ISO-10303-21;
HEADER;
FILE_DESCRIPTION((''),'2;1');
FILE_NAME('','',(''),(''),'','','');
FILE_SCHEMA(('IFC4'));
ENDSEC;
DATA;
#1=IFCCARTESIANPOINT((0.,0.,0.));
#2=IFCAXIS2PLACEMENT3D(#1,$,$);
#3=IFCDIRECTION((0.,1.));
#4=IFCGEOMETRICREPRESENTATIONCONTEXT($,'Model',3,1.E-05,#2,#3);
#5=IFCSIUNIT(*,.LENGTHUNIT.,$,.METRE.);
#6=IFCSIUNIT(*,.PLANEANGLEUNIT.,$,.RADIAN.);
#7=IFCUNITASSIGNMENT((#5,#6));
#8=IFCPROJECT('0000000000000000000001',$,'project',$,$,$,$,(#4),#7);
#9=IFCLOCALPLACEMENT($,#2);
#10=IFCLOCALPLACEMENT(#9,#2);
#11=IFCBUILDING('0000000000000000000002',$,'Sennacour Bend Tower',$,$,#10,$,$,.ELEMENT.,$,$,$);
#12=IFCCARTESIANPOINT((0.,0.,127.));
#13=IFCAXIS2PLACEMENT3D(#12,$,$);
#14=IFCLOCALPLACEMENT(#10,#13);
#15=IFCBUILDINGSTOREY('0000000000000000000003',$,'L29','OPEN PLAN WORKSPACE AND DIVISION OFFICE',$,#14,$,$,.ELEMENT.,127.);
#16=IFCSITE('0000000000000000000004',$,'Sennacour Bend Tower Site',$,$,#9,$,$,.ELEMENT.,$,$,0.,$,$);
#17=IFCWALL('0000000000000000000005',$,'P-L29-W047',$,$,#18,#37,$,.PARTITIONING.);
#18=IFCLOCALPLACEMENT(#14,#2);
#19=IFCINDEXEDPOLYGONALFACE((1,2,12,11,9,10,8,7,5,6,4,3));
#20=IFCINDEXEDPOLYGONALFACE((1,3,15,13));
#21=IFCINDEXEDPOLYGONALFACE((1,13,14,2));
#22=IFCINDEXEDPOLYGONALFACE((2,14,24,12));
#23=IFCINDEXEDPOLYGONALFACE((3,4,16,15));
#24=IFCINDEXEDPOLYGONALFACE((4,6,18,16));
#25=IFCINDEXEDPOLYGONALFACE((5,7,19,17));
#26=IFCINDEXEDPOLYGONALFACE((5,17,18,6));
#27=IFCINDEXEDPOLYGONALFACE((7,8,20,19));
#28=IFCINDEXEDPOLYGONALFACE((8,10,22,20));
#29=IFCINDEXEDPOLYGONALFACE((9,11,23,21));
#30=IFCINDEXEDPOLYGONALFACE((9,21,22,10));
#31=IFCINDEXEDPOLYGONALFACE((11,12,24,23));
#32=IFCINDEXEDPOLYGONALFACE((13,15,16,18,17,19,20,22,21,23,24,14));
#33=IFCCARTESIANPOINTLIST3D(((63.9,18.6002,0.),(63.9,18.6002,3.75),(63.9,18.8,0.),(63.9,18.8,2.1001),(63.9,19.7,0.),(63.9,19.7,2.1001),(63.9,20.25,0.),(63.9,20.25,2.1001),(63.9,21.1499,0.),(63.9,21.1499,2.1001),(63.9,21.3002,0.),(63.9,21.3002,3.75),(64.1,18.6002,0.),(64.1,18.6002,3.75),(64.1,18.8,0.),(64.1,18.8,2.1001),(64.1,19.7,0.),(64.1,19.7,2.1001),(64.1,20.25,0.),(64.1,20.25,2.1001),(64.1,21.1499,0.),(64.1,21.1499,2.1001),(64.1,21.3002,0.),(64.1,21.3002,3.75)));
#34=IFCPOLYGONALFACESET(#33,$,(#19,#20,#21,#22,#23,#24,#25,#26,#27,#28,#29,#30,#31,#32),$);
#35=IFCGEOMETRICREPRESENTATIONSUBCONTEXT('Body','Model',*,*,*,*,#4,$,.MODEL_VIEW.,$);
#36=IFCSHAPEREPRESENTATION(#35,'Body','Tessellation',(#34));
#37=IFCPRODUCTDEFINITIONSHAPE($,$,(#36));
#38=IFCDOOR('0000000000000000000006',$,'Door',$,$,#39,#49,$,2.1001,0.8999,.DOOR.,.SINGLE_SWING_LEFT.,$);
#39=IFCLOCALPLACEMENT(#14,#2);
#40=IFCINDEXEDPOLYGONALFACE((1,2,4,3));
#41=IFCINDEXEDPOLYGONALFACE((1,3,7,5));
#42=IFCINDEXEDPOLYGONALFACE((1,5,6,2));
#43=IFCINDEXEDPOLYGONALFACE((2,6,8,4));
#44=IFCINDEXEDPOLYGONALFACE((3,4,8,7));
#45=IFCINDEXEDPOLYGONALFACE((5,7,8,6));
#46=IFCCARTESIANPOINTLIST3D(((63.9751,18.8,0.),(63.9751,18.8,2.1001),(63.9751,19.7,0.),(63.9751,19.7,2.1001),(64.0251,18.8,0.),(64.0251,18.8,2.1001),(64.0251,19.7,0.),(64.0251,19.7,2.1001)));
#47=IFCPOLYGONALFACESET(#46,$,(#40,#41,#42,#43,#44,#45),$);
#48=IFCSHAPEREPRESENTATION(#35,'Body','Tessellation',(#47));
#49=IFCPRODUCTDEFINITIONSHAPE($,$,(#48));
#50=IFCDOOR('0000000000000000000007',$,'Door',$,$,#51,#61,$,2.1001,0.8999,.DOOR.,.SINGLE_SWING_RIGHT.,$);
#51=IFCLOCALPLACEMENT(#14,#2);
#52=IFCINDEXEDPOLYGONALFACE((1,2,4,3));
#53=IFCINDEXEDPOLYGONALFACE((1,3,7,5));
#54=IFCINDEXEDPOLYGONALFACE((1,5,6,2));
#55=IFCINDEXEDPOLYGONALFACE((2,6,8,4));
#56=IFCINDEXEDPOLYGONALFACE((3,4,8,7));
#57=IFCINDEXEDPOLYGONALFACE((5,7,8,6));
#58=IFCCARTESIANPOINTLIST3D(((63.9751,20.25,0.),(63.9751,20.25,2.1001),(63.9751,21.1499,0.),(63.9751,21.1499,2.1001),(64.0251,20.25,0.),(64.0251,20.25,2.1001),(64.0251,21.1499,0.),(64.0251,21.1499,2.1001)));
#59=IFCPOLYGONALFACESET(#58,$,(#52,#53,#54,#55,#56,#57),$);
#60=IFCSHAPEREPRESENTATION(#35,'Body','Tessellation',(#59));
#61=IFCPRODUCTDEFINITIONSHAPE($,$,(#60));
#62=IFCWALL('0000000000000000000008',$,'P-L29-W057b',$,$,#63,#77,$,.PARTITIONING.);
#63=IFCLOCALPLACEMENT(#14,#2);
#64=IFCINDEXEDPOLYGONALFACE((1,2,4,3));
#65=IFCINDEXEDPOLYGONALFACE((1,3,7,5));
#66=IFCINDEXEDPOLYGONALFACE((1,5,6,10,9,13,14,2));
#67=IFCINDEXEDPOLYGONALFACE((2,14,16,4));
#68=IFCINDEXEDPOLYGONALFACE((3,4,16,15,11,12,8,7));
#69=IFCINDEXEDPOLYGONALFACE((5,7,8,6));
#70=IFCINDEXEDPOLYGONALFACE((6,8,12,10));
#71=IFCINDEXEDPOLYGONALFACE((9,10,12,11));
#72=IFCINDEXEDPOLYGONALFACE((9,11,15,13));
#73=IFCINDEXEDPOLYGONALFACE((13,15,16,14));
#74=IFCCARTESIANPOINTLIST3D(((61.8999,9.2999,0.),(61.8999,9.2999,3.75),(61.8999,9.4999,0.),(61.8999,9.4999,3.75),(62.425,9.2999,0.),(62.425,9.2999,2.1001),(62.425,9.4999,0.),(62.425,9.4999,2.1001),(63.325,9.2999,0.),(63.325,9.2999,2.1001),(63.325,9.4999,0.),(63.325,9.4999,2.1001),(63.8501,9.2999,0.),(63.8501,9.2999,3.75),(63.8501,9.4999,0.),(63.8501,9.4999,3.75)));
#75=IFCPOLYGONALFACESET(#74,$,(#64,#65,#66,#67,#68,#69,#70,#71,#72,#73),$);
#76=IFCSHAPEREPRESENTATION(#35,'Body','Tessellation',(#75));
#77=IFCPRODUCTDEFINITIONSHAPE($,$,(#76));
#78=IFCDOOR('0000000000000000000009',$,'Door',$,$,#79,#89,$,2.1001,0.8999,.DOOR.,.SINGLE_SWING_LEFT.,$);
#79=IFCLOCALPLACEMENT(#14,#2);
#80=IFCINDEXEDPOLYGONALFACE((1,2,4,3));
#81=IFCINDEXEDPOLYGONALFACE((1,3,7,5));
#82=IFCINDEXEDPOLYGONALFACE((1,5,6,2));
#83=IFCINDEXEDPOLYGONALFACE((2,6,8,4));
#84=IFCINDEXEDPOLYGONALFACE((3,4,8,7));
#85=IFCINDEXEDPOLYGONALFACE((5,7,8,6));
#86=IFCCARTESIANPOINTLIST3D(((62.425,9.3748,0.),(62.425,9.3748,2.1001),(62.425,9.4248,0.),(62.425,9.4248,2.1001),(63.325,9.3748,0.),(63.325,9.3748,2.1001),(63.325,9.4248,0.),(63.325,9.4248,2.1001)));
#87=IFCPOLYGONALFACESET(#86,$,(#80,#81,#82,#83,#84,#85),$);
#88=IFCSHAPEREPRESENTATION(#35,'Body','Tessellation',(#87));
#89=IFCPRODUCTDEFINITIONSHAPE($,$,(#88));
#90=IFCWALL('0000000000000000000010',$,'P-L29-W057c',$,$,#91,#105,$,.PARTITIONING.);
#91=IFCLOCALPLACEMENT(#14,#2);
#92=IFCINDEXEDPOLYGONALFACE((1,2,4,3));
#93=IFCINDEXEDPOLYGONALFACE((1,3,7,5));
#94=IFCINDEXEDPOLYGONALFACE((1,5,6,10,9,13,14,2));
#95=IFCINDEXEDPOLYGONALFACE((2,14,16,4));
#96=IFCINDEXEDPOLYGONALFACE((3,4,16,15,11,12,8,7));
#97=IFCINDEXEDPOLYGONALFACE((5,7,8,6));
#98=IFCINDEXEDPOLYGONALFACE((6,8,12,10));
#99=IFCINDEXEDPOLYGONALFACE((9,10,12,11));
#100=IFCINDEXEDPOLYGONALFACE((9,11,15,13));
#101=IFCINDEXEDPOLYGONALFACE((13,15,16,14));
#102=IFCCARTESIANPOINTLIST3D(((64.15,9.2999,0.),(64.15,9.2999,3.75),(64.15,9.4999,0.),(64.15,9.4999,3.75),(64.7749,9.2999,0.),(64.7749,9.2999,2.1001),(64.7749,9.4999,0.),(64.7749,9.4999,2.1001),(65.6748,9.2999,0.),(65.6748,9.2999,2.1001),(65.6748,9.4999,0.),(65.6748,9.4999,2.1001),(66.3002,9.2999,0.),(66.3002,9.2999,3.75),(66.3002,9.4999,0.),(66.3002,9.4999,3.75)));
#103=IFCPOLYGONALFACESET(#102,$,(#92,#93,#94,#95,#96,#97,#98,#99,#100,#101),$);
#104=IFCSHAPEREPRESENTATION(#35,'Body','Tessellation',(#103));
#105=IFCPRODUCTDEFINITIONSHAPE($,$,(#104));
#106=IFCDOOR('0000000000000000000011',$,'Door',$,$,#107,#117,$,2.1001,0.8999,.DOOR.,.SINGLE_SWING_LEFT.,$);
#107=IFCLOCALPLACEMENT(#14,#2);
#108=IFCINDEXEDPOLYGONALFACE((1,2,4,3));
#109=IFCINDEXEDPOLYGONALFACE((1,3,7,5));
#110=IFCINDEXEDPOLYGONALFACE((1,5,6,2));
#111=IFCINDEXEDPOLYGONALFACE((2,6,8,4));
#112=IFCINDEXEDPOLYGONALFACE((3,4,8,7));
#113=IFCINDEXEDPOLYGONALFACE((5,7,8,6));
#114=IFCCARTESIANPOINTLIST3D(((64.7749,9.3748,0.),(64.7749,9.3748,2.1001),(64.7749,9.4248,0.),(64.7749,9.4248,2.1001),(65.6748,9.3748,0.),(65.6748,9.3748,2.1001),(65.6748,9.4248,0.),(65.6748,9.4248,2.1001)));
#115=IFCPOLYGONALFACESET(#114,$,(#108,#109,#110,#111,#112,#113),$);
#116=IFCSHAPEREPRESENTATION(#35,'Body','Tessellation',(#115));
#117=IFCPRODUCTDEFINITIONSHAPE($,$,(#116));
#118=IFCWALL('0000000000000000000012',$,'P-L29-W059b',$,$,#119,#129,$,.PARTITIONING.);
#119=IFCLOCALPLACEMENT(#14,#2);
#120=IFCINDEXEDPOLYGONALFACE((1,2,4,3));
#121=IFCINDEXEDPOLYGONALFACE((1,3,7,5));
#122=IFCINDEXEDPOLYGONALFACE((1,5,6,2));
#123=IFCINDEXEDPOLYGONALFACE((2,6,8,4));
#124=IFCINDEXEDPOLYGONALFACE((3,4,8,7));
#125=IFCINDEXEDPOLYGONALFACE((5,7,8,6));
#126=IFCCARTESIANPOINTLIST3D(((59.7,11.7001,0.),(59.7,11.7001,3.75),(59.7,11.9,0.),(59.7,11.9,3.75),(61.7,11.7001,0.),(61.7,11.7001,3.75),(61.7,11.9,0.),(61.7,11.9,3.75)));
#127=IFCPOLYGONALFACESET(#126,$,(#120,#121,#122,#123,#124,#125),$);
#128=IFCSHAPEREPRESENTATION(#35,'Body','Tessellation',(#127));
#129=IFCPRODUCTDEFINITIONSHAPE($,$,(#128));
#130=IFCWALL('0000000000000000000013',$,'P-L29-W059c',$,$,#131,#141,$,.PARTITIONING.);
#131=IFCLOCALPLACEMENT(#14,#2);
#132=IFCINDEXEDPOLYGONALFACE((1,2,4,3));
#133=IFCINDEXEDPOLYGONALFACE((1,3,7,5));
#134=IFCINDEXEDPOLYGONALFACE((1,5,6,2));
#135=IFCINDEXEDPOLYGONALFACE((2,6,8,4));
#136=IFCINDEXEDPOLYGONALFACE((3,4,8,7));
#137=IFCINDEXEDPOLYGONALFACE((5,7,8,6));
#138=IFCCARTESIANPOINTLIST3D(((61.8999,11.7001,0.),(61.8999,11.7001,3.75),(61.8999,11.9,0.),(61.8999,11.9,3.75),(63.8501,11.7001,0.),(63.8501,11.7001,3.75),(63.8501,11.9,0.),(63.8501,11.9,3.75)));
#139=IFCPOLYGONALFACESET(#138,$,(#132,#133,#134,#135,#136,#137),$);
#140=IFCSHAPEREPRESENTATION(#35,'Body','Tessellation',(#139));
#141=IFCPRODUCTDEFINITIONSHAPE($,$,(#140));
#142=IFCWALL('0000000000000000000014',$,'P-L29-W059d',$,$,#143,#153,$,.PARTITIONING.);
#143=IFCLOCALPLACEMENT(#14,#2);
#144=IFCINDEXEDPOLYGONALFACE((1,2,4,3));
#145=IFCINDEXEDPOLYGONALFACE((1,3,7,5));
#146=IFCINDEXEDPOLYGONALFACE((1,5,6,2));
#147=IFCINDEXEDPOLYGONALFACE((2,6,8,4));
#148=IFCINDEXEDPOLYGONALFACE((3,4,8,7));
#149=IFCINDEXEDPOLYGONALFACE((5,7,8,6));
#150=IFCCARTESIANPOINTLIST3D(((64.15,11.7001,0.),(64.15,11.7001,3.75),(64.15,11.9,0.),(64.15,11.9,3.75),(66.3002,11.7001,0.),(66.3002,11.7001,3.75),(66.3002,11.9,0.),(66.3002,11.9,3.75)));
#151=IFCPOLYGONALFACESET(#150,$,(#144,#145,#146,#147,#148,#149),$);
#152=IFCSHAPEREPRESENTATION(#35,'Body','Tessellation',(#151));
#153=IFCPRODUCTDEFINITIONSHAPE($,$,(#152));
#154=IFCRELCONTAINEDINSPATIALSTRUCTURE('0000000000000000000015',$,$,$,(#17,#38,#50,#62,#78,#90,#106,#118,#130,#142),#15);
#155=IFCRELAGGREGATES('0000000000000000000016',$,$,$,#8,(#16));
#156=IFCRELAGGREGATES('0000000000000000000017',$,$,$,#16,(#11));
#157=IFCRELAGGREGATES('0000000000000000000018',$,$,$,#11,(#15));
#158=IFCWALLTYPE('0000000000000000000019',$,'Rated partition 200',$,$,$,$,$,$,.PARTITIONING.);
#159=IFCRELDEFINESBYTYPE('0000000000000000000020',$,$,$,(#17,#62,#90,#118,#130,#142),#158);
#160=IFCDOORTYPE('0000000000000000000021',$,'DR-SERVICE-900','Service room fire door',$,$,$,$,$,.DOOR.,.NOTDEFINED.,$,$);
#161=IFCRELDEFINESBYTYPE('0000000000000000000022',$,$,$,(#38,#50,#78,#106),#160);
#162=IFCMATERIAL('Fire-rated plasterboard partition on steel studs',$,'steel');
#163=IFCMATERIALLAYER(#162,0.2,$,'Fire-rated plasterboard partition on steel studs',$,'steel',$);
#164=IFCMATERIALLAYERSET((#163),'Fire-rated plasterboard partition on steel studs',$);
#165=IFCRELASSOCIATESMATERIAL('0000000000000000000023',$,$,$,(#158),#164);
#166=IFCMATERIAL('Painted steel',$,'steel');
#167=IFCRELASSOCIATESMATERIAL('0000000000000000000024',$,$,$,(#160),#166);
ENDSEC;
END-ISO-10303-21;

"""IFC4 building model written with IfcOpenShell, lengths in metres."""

from ifc_helpers import new_model, si_unit, direction, frame, frame_2d, origin, place, context, subcontext, project, spatial, rectangle, extrude, material, layer, layer_set, type_object, element, fill, save


model = new_model("IFC4")

# Units and contexts
model_context = context("Model", 3, precision=1e-05, world=origin(), true_north=direction((0.0, 1.0)))
body_context = subcontext(model_context, "Body", "Model", "MODEL_VIEW")
ifc_project = project(units=[si_unit("LENGTHUNIT", "METRE"), si_unit("PLANEANGLEUNIT", "RADIAN")], contexts=[model_context])

# Site, building, storey
site_placement = place(None, origin())
site = spatial("IfcSite", under=ifc_project, at=site_placement, Name="Sennacour Bend Tower Site", CompositionType="ELEMENT", RefElevation=0.0)
building_placement = place(site_placement, origin())
building = spatial("IfcBuilding", under=site, at=building_placement, Name="Sennacour Bend Tower", CompositionType="ELEMENT")
storey_placement = place(building_placement, frame((0.0, 0.0, 127.0)))
storey = spatial("IfcBuildingStorey", under=building, at=storey_placement, Name="L29", Description="OPEN PLAN WORKSPACE AND DIVISION OFFICE", CompositionType="ELEMENT", Elevation=127.0)

# Wall, openings, doors
ifc_material_1 = material(Name="Fire-rated plasterboard partition on steel studs", Category="steel")
ifc_layer_1 = layer(ifc_material_1, 0.2, Name="Fire-rated plasterboard partition on steel studs", Category="steel")
ifc_layer_set_1 = layer_set([ifc_layer_1], Name="Fire-rated plasterboard partition on steel studs")
wall_type_1 = type_object("IfcWallType", Name="Rated partition 200", PredefinedType="PARTITIONING", material=ifc_layer_set_1)
wall_1_placement = place(storey_placement, frame((64.0, 18.6001, 0.0), z_axis=(0.0, 0.0, 1.0), x_axis=(0.0, 1.0, 0.0)))
wall_1 = element("IfcWall", 1, at=wall_1_placement, inside=storey, type_object=wall_type_1, Name="P-L29-W047", PredefinedType="PARTITIONING", context=body_context, shape_type="SweptSolid", body=[
    extrude(rectangle(XDim=2.7, YDim=0.2, at=frame_2d((1.3501, 0.0))), origin(), (0.0, 0.0, 1.0), 3.75),
])
opening_1_placement = place(wall_1_placement, frame((0.2, 0.0, 0.0)))
opening_1 = element("IfcOpeningElement", 2, at=opening_1_placement, cuts=wall_1, PredefinedType="OPENING", context=body_context, shape_type="SweptSolid", body=[
    extrude(rectangle(XDim=0.8999, YDim=2.1001, at=frame_2d((0.45, 1.05))), frame((0.0, 0.1099, 0.0), z_axis=(0.0, -1.0, 0.0), x_axis=(1.0, 0.0, 0.0)), (0.0, 0.0, 1.0), 0.22),
])
opening_2_placement = place(wall_1_placement, frame((1.6499, 0.0, 0.0)))
opening_2 = element("IfcOpeningElement", 3, at=opening_2_placement, cuts=wall_1, PredefinedType="OPENING", context=body_context, shape_type="SweptSolid", body=[
    extrude(rectangle(XDim=0.8999, YDim=2.1001, at=frame_2d((0.45, 1.05))), frame((0.0, 0.1099, 0.0), z_axis=(0.0, -1.0, 0.0), x_axis=(1.0, 0.0, 0.0)), (0.0, 0.0, 1.0), 0.22),
])
ifc_material_2 = material(Name="Painted steel", Category="steel")
door_type_1 = type_object("IfcDoorType", Name="DR-SERVICE-900", Description="Service room fire door", OperationType="NOTDEFINED", PredefinedType="DOOR", material=ifc_material_2)
door_1_placement = place(opening_1_placement, origin())
door_1 = element("IfcDoor", 4, at=door_1_placement, inside=storey, type_object=door_type_1, Name="Door", OperationType="SINGLE_SWING_LEFT", OverallHeight=2.1001, OverallWidth=0.8999, PredefinedType="DOOR", context=body_context, shape_type="SweptSolid", body=[
    extrude(rectangle(XDim=0.8999, YDim=2.1001, at=frame_2d((0.45, 1.05))), frame((0.0, 0.0249, 0.0), z_axis=(0.0, -1.0, 0.0), x_axis=(1.0, 0.0, 0.0)), (0.0, 0.0, 1.0), 0.05),
])
fill(opening_1, door_1)
door_2_placement = place(opening_2_placement, origin())
door_2 = element("IfcDoor", 5, at=door_2_placement, inside=storey, type_object=door_type_1, Name="Door", OperationType="SINGLE_SWING_RIGHT", OverallHeight=2.1001, OverallWidth=0.8999, PredefinedType="DOOR", context=body_context, shape_type="SweptSolid", body=[
    extrude(rectangle(XDim=0.8999, YDim=2.1001, at=frame_2d((0.45, 1.05))), frame((0.0, 0.0249, 0.0), z_axis=(0.0, -1.0, 0.0), x_axis=(1.0, 0.0, 0.0)), (0.0, 0.0, 1.0), 0.05),
])
fill(opening_2, door_2)

# Walls, openings, doors
wall_2_placement = place(storey_placement, frame((61.8999, 9.3999, 0.0), z_axis=(0.0, 0.0, 1.0), x_axis=(1.0, 0.0, 0.0)))
wall_2 = element("IfcWall", 6, at=wall_2_placement, inside=storey, type_object=wall_type_1, Name="P-L29-W057b", PredefinedType="PARTITIONING", context=body_context, shape_type="SweptSolid", body=[
    extrude(rectangle(XDim=1.9502, YDim=0.2, at=frame_2d((0.9751, 0.0))), origin(), (0.0, 0.0, 1.0), 3.75),
])
opening_3_placement = place(wall_2_placement, frame((0.5251, 0.0, 0.0)))
opening_3 = element("IfcOpeningElement", 7, at=opening_3_placement, cuts=wall_2, PredefinedType="OPENING", context=body_context, shape_type="SweptSolid", body=[
    extrude(rectangle(XDim=0.8999, YDim=2.1001, at=frame_2d((0.45, 1.05))), frame((0.0, 0.1099, 0.0), z_axis=(0.0, -1.0, 0.0), x_axis=(1.0, 0.0, 0.0)), (0.0, 0.0, 1.0), 0.22),
])
door_3_placement = place(opening_3_placement, origin())
door_3 = element("IfcDoor", 8, at=door_3_placement, inside=storey, type_object=door_type_1, Name="Door", OperationType="SINGLE_SWING_LEFT", OverallHeight=2.1001, OverallWidth=0.8999, PredefinedType="DOOR", context=body_context, shape_type="SweptSolid", body=[
    extrude(rectangle(XDim=0.8999, YDim=2.1001, at=frame_2d((0.45, 1.05))), frame((0.0, 0.0249, 0.0), z_axis=(0.0, -1.0, 0.0), x_axis=(1.0, 0.0, 0.0)), (0.0, 0.0, 1.0), 0.05),
])
fill(opening_3, door_3)
wall_3_placement = place(storey_placement, frame((64.1499, 9.3999, 0.0), z_axis=(0.0, 0.0, 1.0), x_axis=(1.0, 0.0, 0.0)))
wall_3 = element("IfcWall", 9, at=wall_3_placement, inside=storey, type_object=wall_type_1, Name="P-L29-W057c", PredefinedType="PARTITIONING", context=body_context, shape_type="SweptSolid", body=[
    extrude(rectangle(XDim=2.1501, YDim=0.2, at=frame_2d((1.0752, 0.0))), origin(), (0.0, 0.0, 1.0), 3.75),
])
opening_4_placement = place(wall_3_placement, frame((0.625, 0.0, 0.0)))
opening_4 = element("IfcOpeningElement", 10, at=opening_4_placement, cuts=wall_3, PredefinedType="OPENING", context=body_context, shape_type="SweptSolid", body=[
    extrude(rectangle(XDim=0.8999, YDim=2.1001, at=frame_2d((0.45, 1.05))), frame((0.0, 0.1099, 0.0), z_axis=(0.0, -1.0, 0.0), x_axis=(1.0, 0.0, 0.0)), (0.0, 0.0, 1.0), 0.22),
])
door_4_placement = place(opening_4_placement, origin())
door_4 = element("IfcDoor", 11, at=door_4_placement, inside=storey, type_object=door_type_1, Name="Door", OperationType="SINGLE_SWING_LEFT", OverallHeight=2.1001, OverallWidth=0.8999, PredefinedType="DOOR", context=body_context, shape_type="SweptSolid", body=[
    extrude(rectangle(XDim=0.8999, YDim=2.1001, at=frame_2d((0.45, 1.05))), frame((0.0, 0.0249, 0.0), z_axis=(0.0, -1.0, 0.0), x_axis=(1.0, 0.0, 0.0)), (0.0, 0.0, 1.0), 0.05),
])
fill(opening_4, door_4)

# Walls
wall_4_placement = place(storey_placement, frame((59.7, 11.8, 0.0), z_axis=(0.0, 0.0, 1.0), x_axis=(1.0, 0.0, 0.0)))
element("IfcWall", 12, at=wall_4_placement, inside=storey, type_object=wall_type_1, Name="P-L29-W059b", PredefinedType="PARTITIONING", context=body_context, shape_type="SweptSolid", body=[
    extrude(rectangle(XDim=2.0, YDim=0.2, at=frame_2d((1.0, 0.0))), origin(), (0.0, 0.0, 1.0), 3.75),
])
wall_5_placement = place(storey_placement, frame((61.8999, 11.8, 0.0), z_axis=(0.0, 0.0, 1.0), x_axis=(1.0, 0.0, 0.0)))
element("IfcWall", 13, at=wall_5_placement, inside=storey, type_object=wall_type_1, Name="P-L29-W059c", PredefinedType="PARTITIONING", context=body_context, shape_type="SweptSolid", body=[
    extrude(rectangle(XDim=1.9502, YDim=0.2, at=frame_2d((0.9751, 0.0))), origin(), (0.0, 0.0, 1.0), 3.75),
])
wall_6_placement = place(storey_placement, frame((64.1499, 11.8, 0.0), z_axis=(0.0, 0.0, 1.0), x_axis=(1.0, 0.0, 0.0)))
element("IfcWall", 14, at=wall_6_placement, inside=storey, type_object=wall_type_1, Name="P-L29-W059d", PredefinedType="PARTITIONING", context=body_context, shape_type="SweptSolid", body=[
    extrude(rectangle(XDim=2.1501, YDim=0.2, at=frame_2d((1.0752, 0.0))), origin(), (0.0, 0.0, 1.0), 3.75),
])

save(model, "model.ifc")
